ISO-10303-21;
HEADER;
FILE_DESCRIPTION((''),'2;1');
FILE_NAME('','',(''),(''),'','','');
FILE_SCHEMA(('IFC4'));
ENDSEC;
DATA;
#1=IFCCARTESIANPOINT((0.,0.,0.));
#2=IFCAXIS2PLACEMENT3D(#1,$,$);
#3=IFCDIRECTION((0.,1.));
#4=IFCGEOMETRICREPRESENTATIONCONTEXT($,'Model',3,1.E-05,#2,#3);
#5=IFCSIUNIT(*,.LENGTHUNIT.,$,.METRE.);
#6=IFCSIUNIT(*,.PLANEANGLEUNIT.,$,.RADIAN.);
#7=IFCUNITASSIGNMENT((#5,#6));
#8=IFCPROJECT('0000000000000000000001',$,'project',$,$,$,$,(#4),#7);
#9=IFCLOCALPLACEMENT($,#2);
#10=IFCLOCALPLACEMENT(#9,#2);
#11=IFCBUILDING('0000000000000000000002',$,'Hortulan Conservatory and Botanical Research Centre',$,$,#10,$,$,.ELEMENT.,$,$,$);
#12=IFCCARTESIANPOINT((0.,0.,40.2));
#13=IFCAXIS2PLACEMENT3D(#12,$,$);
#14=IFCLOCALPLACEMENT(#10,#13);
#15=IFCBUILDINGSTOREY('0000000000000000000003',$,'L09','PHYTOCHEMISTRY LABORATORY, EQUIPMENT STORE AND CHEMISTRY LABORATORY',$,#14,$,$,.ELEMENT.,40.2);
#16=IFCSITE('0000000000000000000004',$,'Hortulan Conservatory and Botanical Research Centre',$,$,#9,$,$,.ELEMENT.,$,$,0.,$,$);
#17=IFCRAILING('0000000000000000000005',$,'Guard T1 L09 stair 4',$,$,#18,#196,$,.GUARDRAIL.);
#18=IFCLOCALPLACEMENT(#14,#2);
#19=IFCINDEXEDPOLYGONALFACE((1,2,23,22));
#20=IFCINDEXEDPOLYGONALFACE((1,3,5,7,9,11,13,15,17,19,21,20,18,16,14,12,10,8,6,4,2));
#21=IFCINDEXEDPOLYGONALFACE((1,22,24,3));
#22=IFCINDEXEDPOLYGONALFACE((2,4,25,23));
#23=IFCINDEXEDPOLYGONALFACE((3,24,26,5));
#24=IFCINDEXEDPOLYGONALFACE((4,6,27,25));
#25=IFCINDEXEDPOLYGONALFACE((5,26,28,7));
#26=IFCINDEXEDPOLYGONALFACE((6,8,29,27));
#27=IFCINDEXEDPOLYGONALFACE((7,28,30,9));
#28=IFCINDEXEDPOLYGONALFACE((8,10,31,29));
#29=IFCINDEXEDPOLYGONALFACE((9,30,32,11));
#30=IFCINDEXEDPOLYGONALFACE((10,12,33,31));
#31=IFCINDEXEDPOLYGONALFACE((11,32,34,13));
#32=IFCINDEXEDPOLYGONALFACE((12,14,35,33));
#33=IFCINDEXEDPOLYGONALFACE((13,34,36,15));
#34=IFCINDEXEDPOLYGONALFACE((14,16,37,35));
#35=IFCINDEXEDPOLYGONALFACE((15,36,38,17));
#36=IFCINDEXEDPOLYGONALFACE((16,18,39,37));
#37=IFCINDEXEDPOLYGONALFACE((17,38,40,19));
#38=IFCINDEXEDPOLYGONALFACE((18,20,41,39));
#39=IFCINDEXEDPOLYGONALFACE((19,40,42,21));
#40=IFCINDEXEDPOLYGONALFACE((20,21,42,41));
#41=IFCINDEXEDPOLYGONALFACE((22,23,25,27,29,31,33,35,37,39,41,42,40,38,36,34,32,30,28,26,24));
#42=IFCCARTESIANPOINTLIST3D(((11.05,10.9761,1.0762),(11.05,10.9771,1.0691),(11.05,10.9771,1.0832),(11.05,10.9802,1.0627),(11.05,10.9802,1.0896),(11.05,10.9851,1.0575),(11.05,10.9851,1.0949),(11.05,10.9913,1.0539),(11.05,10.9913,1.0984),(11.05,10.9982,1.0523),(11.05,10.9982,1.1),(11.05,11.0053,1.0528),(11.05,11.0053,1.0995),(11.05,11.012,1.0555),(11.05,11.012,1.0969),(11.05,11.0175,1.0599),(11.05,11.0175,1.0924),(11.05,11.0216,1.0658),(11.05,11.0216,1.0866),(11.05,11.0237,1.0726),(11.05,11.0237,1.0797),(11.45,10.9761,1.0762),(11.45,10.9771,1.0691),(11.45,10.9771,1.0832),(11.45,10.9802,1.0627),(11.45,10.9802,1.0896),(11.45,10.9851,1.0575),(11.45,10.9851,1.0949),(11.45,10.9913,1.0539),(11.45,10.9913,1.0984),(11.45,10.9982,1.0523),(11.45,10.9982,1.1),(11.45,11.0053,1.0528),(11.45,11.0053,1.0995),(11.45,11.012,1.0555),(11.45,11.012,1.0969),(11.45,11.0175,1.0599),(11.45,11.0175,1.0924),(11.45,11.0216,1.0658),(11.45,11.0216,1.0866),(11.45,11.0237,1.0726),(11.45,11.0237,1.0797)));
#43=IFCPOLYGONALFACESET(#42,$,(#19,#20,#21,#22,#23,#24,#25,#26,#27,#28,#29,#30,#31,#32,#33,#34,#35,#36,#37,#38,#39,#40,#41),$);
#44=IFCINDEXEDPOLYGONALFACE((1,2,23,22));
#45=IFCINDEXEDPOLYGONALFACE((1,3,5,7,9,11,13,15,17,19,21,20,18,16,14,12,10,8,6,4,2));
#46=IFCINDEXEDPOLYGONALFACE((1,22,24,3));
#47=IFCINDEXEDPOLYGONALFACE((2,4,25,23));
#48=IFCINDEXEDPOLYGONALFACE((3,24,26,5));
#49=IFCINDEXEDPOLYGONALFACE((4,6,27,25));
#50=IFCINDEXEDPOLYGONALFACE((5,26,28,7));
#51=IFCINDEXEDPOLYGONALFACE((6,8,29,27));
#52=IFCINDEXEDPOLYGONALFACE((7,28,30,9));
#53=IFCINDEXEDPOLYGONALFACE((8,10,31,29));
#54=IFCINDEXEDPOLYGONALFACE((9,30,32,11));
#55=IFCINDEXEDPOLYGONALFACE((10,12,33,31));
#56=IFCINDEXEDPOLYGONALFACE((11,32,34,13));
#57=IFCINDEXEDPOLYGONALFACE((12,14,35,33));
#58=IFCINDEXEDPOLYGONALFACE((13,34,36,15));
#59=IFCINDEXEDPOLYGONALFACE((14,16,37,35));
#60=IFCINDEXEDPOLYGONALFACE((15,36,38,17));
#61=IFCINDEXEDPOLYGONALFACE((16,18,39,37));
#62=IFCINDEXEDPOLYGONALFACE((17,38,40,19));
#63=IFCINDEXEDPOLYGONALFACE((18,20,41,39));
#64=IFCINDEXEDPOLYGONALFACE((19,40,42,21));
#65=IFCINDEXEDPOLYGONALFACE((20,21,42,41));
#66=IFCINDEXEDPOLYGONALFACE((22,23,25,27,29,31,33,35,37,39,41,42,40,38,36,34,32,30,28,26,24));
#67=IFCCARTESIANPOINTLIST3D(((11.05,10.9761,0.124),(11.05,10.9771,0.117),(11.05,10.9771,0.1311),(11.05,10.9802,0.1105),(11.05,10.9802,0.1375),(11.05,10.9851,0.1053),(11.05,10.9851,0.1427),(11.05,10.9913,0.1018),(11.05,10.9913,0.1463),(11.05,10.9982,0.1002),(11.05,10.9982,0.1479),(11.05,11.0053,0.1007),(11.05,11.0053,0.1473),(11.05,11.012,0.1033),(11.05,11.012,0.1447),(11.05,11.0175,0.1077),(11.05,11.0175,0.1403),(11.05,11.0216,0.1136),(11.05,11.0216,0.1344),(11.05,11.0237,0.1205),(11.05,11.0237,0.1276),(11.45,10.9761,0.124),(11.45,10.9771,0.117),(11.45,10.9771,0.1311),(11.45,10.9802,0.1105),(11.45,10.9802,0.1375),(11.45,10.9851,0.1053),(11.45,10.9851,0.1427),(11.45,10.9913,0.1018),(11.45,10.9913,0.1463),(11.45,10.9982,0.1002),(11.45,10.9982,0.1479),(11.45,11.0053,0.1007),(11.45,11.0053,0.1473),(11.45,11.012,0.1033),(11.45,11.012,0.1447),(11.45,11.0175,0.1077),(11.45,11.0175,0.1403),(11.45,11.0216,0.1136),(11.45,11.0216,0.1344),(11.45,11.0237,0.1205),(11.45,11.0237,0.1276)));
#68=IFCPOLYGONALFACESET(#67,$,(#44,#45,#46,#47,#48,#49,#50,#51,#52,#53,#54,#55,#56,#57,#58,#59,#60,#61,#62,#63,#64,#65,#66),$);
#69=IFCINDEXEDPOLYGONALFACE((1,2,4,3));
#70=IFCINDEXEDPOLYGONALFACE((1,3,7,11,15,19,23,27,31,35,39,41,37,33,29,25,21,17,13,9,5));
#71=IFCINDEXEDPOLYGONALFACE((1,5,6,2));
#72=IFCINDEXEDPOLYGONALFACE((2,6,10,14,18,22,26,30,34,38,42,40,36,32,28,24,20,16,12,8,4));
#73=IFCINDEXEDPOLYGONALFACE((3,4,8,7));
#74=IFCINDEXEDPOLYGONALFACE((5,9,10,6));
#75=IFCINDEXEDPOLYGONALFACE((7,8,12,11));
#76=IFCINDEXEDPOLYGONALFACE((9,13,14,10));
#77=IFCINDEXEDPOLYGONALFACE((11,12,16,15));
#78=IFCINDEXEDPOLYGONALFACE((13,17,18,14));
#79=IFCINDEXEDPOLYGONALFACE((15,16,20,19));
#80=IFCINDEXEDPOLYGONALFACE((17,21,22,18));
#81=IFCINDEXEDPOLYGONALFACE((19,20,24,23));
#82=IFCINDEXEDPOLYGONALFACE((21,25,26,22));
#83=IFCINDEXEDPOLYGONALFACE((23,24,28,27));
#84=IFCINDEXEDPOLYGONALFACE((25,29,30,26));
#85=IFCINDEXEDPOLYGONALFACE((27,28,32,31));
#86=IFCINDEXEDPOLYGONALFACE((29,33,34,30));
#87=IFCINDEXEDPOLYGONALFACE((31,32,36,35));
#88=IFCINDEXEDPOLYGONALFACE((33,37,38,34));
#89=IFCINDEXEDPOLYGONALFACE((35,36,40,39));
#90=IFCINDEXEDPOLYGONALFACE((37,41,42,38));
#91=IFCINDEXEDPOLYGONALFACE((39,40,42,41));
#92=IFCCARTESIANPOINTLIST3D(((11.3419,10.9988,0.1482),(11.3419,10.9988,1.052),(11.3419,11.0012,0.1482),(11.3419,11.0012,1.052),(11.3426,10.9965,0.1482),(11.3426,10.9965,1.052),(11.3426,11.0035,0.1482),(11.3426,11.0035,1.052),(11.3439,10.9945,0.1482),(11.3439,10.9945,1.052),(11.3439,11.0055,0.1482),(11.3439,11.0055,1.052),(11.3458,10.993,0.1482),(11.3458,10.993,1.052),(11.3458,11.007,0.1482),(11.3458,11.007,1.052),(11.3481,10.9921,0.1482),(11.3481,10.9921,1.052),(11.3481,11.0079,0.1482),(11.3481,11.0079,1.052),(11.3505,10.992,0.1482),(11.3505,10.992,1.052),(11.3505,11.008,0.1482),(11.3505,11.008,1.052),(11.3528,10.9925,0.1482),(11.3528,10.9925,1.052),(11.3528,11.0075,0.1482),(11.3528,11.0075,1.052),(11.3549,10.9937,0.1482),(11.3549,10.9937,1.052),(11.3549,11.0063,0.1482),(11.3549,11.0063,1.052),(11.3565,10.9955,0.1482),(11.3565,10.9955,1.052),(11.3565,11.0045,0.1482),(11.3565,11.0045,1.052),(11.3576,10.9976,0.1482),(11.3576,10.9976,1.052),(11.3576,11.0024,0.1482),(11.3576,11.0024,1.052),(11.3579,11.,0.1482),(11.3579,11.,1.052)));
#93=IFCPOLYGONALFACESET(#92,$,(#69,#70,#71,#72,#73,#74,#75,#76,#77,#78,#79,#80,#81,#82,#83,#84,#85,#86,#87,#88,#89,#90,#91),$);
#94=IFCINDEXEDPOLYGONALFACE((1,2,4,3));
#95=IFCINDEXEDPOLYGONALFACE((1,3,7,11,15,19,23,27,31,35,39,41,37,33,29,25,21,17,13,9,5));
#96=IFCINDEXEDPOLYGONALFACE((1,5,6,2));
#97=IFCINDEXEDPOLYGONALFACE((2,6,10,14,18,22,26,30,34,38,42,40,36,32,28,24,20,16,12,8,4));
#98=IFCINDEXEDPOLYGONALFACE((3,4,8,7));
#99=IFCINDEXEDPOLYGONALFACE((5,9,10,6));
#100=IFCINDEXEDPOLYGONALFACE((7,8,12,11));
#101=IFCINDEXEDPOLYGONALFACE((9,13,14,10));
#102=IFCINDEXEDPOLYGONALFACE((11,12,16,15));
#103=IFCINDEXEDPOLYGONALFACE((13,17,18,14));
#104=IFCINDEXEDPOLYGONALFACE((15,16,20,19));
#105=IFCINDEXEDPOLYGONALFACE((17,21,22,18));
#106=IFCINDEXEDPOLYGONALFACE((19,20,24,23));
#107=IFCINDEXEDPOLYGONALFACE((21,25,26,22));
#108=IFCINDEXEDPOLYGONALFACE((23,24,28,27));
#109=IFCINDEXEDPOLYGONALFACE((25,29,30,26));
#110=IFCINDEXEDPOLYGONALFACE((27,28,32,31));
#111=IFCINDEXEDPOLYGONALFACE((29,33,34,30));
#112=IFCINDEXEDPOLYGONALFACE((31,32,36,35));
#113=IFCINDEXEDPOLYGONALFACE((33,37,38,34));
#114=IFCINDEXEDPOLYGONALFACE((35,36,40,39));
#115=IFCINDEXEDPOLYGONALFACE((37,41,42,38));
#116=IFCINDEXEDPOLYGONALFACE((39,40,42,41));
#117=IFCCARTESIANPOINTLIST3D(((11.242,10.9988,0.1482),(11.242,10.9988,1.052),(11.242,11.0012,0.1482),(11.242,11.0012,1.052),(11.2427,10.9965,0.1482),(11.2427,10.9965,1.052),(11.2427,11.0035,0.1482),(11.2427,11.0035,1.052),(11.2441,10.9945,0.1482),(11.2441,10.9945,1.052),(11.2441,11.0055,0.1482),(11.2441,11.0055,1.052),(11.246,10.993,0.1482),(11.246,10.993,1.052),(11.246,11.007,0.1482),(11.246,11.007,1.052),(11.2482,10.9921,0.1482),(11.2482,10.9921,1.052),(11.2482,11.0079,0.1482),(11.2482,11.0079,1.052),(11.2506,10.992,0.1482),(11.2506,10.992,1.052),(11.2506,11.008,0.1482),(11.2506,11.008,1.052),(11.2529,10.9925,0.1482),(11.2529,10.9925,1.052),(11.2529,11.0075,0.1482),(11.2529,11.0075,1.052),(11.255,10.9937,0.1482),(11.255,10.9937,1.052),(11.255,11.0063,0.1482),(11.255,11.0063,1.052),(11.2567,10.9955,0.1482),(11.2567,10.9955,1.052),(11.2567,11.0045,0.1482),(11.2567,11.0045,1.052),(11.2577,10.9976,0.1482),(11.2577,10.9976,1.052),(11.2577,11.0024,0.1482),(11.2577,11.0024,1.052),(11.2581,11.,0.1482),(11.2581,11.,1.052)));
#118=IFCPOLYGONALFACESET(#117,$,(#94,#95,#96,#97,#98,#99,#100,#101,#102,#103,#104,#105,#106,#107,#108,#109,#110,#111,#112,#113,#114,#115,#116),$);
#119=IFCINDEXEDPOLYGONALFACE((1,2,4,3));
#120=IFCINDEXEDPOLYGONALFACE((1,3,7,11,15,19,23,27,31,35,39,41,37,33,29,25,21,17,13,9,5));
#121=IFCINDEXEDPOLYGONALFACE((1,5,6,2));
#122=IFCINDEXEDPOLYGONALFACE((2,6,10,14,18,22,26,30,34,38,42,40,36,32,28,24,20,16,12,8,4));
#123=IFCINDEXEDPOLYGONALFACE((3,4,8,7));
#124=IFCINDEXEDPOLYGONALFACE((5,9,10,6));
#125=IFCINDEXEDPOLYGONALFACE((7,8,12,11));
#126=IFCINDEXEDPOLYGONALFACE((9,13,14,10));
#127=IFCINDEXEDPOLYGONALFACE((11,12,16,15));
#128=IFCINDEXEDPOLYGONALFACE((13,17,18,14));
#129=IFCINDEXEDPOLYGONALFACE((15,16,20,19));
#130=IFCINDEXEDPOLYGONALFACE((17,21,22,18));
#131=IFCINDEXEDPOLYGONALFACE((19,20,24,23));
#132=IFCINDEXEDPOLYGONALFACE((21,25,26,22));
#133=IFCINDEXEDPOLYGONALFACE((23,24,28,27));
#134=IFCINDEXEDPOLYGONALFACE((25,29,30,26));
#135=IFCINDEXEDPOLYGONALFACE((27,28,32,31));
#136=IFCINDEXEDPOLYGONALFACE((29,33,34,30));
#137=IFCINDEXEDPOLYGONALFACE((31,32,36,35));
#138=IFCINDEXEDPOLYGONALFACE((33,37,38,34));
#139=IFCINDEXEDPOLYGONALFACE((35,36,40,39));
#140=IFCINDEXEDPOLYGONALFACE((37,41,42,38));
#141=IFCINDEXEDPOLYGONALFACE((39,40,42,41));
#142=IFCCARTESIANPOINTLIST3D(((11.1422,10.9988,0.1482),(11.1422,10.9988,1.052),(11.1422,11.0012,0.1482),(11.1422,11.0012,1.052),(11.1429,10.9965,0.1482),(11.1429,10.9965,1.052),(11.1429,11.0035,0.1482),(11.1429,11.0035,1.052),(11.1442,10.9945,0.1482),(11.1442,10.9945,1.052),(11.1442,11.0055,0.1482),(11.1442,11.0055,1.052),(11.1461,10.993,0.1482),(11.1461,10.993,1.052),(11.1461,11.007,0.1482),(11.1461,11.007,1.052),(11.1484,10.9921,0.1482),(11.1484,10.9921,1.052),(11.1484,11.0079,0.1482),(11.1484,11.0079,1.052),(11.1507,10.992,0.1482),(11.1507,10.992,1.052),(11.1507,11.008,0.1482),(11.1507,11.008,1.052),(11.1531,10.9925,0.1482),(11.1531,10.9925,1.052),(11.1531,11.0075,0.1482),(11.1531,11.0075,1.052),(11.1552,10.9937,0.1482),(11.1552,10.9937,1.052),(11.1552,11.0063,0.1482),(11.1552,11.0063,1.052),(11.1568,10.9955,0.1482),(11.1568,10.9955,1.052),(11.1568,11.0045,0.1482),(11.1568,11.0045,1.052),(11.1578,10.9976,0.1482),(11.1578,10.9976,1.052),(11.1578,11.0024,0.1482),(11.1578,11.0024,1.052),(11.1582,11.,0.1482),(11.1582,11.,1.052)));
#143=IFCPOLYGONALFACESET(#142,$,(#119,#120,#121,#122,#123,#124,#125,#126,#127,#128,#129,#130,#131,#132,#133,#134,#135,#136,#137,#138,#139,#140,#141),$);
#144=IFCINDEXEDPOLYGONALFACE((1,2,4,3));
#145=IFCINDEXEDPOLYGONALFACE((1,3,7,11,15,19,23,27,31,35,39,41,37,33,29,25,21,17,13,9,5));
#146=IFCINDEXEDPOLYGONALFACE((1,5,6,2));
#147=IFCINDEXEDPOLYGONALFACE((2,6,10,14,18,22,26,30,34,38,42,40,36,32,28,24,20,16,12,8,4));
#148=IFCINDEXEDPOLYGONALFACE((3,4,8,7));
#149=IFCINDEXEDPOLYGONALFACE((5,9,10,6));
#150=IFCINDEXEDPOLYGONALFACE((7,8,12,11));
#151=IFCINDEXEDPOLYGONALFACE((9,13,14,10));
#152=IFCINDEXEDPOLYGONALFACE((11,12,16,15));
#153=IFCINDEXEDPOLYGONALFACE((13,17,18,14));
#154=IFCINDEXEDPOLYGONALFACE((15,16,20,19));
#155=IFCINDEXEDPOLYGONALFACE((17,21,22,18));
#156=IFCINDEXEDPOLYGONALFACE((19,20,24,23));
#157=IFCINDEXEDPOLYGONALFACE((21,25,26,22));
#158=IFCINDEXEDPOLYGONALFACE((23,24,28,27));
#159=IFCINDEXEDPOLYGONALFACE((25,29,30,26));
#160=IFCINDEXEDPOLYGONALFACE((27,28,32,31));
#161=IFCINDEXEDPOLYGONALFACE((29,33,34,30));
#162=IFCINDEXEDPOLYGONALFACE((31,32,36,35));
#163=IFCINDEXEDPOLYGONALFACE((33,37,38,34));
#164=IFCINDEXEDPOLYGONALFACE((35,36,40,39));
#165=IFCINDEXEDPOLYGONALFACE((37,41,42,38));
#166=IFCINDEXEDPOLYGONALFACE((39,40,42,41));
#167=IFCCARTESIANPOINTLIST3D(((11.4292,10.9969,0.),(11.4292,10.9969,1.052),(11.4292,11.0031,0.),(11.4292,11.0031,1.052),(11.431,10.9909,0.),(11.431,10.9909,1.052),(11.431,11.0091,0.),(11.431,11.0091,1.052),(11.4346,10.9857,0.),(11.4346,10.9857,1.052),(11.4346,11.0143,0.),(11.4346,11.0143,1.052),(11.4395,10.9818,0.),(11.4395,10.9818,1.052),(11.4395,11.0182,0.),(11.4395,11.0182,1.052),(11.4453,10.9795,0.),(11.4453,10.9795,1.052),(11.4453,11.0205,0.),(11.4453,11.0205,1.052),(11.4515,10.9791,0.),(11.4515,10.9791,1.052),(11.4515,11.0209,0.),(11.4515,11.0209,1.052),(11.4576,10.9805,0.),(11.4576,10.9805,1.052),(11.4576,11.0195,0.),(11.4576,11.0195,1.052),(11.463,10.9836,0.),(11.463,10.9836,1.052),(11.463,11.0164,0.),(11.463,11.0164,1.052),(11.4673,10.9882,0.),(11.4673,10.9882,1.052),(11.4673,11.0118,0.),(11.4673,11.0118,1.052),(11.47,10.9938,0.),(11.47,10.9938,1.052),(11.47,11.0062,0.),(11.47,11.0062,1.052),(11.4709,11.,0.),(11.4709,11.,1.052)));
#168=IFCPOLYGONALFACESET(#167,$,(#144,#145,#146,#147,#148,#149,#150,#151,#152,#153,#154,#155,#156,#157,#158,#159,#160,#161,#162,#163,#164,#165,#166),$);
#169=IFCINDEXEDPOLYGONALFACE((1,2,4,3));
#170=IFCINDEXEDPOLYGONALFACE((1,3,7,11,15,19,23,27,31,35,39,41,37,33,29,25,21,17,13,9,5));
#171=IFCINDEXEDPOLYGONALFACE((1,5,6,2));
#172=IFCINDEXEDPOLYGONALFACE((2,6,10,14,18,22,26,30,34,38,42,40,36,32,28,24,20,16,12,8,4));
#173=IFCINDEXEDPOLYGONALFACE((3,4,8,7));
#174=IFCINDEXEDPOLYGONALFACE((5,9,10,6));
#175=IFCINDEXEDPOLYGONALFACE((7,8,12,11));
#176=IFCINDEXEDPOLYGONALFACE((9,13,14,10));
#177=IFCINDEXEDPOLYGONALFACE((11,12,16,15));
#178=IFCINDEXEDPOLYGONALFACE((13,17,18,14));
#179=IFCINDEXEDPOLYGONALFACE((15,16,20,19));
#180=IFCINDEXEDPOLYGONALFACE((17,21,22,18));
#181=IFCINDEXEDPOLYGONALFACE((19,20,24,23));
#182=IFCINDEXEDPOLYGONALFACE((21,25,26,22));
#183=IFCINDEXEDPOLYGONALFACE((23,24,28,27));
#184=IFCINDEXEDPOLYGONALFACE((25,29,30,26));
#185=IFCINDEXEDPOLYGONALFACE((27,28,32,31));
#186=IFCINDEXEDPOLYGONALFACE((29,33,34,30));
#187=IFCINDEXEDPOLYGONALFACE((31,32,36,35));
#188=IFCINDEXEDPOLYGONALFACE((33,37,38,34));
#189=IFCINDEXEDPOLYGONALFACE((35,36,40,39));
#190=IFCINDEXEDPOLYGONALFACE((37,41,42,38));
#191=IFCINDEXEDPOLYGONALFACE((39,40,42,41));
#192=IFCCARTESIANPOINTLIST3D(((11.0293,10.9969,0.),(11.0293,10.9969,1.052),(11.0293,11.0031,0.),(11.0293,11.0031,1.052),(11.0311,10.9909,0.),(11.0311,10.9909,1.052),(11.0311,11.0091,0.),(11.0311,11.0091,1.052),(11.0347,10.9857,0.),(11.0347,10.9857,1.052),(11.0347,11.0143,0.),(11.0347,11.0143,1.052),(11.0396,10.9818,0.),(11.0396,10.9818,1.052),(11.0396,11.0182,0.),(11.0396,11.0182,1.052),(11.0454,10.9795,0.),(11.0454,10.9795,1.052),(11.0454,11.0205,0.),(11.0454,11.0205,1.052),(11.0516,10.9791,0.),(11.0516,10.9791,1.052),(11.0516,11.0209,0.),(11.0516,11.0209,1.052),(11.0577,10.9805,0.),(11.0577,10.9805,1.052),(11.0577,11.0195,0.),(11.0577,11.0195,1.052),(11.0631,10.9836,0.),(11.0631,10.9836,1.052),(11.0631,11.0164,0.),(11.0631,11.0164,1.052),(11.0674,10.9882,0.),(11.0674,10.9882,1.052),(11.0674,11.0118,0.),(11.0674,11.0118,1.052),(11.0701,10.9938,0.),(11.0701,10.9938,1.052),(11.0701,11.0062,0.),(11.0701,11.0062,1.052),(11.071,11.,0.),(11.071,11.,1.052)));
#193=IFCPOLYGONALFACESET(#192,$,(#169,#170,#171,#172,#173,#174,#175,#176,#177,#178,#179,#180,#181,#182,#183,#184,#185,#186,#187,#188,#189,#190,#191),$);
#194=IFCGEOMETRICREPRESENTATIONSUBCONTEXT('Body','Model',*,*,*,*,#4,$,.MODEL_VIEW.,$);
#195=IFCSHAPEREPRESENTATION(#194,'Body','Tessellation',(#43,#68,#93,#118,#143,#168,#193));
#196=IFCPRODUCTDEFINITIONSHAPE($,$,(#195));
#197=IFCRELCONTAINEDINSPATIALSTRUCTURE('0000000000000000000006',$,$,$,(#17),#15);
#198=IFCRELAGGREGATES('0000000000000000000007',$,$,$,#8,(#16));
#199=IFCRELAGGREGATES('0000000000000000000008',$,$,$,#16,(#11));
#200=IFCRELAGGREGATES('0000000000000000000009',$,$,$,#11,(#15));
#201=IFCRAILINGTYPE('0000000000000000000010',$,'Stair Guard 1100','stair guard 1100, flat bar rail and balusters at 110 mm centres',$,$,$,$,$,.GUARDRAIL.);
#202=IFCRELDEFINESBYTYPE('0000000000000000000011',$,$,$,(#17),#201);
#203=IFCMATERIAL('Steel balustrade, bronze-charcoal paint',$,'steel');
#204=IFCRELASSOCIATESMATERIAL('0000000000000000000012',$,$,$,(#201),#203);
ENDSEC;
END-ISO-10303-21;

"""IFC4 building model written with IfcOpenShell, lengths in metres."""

from ifc_helpers import new_model, si_unit, direction, frame, origin, origin_2d, place, context, subcontext, project, spatial, circle, extrude, material, type_object, element, save


model = new_model("IFC4")

# Units and contexts
model_context = context("Model", 3, precision=1e-05, world=origin(), true_north=direction((0.0, 1.0)))
body_context = subcontext(model_context, "Body", "Model", "MODEL_VIEW")
ifc_project = project(units=[si_unit("LENGTHUNIT", "METRE"), si_unit("PLANEANGLEUNIT", "RADIAN")], contexts=[model_context])

# Site, building, storey
site_placement = place(None, origin())
site = spatial("IfcSite", under=ifc_project, at=site_placement, Name="Hortulan Conservatory and Botanical Research Centre", CompositionType="ELEMENT", RefElevation=0.0)
building_placement = place(site_placement, origin())
building = spatial("IfcBuilding", under=site, at=building_placement, Name="Hortulan Conservatory and Botanical Research Centre", CompositionType="ELEMENT")
storey_placement = place(building_placement, frame((0.0, 0.0, 40.2)))
storey = spatial("IfcBuildingStorey", under=building, at=storey_placement, Name="L09", Description="PHYTOCHEMISTRY LABORATORY, EQUIPMENT STORE AND CHEMISTRY LABORATORY", CompositionType="ELEMENT", Elevation=40.2)

# Railing
ifc_material_1 = material(Name="Steel balustrade, bronze-charcoal paint", Category="steel")
railing_type_1 = type_object("IfcRailingType", Name="Stair Guard 1100", Description="stair guard 1100, flat bar rail and balusters at 110 mm centres", PredefinedType="GUARDRAIL", material=ifc_material_1)
railing_1_placement = place(storey_placement, frame((11.45, 11.0, 0.0)))
element("IfcRailing", 1, at=railing_1_placement, inside=storey, type_object=railing_type_1, Name="Guard T1 L09 stair 4", PredefinedType="GUARDRAIL", context=body_context, shape_type="SweptSolid", body=[
    extrude(circle(Radius=0.0239, at=origin_2d()), frame((0.0, 0.0, 1.0762), z_axis=(-1.0, 0.0, 0.0), x_axis=(0.0, -1.0, 0.0)), (0.0, 0.0, 1.0), 0.3999),
    extrude(circle(Radius=0.0239, at=origin_2d()), frame((0.0, 0.0, 0.124), z_axis=(-1.0, 0.0, 0.0), x_axis=(0.0, -1.0, 0.0)), (0.0, 0.0, 1.0), 0.3999),
    extrude(circle(Radius=0.0081, at=origin_2d()), frame((-0.1001, 0.0, 0.1482)), (0.0, 0.0, 1.0), 0.9038),
    extrude(circle(Radius=0.0081, at=origin_2d()), frame((-0.2, 0.0, 0.1482)), (0.0, 0.0, 1.0), 0.9038),
    extrude(circle(Radius=0.0081, at=origin_2d()), frame((-0.2998, 0.0, 0.1482)), (0.0, 0.0, 1.0), 0.9038),
    extrude(circle(Radius=0.021, at=origin_2d()), origin(), (0.0, 0.0, 1.0), 1.052),
    extrude(circle(Radius=0.021, at=origin_2d()), frame((-0.3999, 0.0, 0.0)), (0.0, 0.0, 1.0), 1.052),
])

save(model, "model.ifc")
